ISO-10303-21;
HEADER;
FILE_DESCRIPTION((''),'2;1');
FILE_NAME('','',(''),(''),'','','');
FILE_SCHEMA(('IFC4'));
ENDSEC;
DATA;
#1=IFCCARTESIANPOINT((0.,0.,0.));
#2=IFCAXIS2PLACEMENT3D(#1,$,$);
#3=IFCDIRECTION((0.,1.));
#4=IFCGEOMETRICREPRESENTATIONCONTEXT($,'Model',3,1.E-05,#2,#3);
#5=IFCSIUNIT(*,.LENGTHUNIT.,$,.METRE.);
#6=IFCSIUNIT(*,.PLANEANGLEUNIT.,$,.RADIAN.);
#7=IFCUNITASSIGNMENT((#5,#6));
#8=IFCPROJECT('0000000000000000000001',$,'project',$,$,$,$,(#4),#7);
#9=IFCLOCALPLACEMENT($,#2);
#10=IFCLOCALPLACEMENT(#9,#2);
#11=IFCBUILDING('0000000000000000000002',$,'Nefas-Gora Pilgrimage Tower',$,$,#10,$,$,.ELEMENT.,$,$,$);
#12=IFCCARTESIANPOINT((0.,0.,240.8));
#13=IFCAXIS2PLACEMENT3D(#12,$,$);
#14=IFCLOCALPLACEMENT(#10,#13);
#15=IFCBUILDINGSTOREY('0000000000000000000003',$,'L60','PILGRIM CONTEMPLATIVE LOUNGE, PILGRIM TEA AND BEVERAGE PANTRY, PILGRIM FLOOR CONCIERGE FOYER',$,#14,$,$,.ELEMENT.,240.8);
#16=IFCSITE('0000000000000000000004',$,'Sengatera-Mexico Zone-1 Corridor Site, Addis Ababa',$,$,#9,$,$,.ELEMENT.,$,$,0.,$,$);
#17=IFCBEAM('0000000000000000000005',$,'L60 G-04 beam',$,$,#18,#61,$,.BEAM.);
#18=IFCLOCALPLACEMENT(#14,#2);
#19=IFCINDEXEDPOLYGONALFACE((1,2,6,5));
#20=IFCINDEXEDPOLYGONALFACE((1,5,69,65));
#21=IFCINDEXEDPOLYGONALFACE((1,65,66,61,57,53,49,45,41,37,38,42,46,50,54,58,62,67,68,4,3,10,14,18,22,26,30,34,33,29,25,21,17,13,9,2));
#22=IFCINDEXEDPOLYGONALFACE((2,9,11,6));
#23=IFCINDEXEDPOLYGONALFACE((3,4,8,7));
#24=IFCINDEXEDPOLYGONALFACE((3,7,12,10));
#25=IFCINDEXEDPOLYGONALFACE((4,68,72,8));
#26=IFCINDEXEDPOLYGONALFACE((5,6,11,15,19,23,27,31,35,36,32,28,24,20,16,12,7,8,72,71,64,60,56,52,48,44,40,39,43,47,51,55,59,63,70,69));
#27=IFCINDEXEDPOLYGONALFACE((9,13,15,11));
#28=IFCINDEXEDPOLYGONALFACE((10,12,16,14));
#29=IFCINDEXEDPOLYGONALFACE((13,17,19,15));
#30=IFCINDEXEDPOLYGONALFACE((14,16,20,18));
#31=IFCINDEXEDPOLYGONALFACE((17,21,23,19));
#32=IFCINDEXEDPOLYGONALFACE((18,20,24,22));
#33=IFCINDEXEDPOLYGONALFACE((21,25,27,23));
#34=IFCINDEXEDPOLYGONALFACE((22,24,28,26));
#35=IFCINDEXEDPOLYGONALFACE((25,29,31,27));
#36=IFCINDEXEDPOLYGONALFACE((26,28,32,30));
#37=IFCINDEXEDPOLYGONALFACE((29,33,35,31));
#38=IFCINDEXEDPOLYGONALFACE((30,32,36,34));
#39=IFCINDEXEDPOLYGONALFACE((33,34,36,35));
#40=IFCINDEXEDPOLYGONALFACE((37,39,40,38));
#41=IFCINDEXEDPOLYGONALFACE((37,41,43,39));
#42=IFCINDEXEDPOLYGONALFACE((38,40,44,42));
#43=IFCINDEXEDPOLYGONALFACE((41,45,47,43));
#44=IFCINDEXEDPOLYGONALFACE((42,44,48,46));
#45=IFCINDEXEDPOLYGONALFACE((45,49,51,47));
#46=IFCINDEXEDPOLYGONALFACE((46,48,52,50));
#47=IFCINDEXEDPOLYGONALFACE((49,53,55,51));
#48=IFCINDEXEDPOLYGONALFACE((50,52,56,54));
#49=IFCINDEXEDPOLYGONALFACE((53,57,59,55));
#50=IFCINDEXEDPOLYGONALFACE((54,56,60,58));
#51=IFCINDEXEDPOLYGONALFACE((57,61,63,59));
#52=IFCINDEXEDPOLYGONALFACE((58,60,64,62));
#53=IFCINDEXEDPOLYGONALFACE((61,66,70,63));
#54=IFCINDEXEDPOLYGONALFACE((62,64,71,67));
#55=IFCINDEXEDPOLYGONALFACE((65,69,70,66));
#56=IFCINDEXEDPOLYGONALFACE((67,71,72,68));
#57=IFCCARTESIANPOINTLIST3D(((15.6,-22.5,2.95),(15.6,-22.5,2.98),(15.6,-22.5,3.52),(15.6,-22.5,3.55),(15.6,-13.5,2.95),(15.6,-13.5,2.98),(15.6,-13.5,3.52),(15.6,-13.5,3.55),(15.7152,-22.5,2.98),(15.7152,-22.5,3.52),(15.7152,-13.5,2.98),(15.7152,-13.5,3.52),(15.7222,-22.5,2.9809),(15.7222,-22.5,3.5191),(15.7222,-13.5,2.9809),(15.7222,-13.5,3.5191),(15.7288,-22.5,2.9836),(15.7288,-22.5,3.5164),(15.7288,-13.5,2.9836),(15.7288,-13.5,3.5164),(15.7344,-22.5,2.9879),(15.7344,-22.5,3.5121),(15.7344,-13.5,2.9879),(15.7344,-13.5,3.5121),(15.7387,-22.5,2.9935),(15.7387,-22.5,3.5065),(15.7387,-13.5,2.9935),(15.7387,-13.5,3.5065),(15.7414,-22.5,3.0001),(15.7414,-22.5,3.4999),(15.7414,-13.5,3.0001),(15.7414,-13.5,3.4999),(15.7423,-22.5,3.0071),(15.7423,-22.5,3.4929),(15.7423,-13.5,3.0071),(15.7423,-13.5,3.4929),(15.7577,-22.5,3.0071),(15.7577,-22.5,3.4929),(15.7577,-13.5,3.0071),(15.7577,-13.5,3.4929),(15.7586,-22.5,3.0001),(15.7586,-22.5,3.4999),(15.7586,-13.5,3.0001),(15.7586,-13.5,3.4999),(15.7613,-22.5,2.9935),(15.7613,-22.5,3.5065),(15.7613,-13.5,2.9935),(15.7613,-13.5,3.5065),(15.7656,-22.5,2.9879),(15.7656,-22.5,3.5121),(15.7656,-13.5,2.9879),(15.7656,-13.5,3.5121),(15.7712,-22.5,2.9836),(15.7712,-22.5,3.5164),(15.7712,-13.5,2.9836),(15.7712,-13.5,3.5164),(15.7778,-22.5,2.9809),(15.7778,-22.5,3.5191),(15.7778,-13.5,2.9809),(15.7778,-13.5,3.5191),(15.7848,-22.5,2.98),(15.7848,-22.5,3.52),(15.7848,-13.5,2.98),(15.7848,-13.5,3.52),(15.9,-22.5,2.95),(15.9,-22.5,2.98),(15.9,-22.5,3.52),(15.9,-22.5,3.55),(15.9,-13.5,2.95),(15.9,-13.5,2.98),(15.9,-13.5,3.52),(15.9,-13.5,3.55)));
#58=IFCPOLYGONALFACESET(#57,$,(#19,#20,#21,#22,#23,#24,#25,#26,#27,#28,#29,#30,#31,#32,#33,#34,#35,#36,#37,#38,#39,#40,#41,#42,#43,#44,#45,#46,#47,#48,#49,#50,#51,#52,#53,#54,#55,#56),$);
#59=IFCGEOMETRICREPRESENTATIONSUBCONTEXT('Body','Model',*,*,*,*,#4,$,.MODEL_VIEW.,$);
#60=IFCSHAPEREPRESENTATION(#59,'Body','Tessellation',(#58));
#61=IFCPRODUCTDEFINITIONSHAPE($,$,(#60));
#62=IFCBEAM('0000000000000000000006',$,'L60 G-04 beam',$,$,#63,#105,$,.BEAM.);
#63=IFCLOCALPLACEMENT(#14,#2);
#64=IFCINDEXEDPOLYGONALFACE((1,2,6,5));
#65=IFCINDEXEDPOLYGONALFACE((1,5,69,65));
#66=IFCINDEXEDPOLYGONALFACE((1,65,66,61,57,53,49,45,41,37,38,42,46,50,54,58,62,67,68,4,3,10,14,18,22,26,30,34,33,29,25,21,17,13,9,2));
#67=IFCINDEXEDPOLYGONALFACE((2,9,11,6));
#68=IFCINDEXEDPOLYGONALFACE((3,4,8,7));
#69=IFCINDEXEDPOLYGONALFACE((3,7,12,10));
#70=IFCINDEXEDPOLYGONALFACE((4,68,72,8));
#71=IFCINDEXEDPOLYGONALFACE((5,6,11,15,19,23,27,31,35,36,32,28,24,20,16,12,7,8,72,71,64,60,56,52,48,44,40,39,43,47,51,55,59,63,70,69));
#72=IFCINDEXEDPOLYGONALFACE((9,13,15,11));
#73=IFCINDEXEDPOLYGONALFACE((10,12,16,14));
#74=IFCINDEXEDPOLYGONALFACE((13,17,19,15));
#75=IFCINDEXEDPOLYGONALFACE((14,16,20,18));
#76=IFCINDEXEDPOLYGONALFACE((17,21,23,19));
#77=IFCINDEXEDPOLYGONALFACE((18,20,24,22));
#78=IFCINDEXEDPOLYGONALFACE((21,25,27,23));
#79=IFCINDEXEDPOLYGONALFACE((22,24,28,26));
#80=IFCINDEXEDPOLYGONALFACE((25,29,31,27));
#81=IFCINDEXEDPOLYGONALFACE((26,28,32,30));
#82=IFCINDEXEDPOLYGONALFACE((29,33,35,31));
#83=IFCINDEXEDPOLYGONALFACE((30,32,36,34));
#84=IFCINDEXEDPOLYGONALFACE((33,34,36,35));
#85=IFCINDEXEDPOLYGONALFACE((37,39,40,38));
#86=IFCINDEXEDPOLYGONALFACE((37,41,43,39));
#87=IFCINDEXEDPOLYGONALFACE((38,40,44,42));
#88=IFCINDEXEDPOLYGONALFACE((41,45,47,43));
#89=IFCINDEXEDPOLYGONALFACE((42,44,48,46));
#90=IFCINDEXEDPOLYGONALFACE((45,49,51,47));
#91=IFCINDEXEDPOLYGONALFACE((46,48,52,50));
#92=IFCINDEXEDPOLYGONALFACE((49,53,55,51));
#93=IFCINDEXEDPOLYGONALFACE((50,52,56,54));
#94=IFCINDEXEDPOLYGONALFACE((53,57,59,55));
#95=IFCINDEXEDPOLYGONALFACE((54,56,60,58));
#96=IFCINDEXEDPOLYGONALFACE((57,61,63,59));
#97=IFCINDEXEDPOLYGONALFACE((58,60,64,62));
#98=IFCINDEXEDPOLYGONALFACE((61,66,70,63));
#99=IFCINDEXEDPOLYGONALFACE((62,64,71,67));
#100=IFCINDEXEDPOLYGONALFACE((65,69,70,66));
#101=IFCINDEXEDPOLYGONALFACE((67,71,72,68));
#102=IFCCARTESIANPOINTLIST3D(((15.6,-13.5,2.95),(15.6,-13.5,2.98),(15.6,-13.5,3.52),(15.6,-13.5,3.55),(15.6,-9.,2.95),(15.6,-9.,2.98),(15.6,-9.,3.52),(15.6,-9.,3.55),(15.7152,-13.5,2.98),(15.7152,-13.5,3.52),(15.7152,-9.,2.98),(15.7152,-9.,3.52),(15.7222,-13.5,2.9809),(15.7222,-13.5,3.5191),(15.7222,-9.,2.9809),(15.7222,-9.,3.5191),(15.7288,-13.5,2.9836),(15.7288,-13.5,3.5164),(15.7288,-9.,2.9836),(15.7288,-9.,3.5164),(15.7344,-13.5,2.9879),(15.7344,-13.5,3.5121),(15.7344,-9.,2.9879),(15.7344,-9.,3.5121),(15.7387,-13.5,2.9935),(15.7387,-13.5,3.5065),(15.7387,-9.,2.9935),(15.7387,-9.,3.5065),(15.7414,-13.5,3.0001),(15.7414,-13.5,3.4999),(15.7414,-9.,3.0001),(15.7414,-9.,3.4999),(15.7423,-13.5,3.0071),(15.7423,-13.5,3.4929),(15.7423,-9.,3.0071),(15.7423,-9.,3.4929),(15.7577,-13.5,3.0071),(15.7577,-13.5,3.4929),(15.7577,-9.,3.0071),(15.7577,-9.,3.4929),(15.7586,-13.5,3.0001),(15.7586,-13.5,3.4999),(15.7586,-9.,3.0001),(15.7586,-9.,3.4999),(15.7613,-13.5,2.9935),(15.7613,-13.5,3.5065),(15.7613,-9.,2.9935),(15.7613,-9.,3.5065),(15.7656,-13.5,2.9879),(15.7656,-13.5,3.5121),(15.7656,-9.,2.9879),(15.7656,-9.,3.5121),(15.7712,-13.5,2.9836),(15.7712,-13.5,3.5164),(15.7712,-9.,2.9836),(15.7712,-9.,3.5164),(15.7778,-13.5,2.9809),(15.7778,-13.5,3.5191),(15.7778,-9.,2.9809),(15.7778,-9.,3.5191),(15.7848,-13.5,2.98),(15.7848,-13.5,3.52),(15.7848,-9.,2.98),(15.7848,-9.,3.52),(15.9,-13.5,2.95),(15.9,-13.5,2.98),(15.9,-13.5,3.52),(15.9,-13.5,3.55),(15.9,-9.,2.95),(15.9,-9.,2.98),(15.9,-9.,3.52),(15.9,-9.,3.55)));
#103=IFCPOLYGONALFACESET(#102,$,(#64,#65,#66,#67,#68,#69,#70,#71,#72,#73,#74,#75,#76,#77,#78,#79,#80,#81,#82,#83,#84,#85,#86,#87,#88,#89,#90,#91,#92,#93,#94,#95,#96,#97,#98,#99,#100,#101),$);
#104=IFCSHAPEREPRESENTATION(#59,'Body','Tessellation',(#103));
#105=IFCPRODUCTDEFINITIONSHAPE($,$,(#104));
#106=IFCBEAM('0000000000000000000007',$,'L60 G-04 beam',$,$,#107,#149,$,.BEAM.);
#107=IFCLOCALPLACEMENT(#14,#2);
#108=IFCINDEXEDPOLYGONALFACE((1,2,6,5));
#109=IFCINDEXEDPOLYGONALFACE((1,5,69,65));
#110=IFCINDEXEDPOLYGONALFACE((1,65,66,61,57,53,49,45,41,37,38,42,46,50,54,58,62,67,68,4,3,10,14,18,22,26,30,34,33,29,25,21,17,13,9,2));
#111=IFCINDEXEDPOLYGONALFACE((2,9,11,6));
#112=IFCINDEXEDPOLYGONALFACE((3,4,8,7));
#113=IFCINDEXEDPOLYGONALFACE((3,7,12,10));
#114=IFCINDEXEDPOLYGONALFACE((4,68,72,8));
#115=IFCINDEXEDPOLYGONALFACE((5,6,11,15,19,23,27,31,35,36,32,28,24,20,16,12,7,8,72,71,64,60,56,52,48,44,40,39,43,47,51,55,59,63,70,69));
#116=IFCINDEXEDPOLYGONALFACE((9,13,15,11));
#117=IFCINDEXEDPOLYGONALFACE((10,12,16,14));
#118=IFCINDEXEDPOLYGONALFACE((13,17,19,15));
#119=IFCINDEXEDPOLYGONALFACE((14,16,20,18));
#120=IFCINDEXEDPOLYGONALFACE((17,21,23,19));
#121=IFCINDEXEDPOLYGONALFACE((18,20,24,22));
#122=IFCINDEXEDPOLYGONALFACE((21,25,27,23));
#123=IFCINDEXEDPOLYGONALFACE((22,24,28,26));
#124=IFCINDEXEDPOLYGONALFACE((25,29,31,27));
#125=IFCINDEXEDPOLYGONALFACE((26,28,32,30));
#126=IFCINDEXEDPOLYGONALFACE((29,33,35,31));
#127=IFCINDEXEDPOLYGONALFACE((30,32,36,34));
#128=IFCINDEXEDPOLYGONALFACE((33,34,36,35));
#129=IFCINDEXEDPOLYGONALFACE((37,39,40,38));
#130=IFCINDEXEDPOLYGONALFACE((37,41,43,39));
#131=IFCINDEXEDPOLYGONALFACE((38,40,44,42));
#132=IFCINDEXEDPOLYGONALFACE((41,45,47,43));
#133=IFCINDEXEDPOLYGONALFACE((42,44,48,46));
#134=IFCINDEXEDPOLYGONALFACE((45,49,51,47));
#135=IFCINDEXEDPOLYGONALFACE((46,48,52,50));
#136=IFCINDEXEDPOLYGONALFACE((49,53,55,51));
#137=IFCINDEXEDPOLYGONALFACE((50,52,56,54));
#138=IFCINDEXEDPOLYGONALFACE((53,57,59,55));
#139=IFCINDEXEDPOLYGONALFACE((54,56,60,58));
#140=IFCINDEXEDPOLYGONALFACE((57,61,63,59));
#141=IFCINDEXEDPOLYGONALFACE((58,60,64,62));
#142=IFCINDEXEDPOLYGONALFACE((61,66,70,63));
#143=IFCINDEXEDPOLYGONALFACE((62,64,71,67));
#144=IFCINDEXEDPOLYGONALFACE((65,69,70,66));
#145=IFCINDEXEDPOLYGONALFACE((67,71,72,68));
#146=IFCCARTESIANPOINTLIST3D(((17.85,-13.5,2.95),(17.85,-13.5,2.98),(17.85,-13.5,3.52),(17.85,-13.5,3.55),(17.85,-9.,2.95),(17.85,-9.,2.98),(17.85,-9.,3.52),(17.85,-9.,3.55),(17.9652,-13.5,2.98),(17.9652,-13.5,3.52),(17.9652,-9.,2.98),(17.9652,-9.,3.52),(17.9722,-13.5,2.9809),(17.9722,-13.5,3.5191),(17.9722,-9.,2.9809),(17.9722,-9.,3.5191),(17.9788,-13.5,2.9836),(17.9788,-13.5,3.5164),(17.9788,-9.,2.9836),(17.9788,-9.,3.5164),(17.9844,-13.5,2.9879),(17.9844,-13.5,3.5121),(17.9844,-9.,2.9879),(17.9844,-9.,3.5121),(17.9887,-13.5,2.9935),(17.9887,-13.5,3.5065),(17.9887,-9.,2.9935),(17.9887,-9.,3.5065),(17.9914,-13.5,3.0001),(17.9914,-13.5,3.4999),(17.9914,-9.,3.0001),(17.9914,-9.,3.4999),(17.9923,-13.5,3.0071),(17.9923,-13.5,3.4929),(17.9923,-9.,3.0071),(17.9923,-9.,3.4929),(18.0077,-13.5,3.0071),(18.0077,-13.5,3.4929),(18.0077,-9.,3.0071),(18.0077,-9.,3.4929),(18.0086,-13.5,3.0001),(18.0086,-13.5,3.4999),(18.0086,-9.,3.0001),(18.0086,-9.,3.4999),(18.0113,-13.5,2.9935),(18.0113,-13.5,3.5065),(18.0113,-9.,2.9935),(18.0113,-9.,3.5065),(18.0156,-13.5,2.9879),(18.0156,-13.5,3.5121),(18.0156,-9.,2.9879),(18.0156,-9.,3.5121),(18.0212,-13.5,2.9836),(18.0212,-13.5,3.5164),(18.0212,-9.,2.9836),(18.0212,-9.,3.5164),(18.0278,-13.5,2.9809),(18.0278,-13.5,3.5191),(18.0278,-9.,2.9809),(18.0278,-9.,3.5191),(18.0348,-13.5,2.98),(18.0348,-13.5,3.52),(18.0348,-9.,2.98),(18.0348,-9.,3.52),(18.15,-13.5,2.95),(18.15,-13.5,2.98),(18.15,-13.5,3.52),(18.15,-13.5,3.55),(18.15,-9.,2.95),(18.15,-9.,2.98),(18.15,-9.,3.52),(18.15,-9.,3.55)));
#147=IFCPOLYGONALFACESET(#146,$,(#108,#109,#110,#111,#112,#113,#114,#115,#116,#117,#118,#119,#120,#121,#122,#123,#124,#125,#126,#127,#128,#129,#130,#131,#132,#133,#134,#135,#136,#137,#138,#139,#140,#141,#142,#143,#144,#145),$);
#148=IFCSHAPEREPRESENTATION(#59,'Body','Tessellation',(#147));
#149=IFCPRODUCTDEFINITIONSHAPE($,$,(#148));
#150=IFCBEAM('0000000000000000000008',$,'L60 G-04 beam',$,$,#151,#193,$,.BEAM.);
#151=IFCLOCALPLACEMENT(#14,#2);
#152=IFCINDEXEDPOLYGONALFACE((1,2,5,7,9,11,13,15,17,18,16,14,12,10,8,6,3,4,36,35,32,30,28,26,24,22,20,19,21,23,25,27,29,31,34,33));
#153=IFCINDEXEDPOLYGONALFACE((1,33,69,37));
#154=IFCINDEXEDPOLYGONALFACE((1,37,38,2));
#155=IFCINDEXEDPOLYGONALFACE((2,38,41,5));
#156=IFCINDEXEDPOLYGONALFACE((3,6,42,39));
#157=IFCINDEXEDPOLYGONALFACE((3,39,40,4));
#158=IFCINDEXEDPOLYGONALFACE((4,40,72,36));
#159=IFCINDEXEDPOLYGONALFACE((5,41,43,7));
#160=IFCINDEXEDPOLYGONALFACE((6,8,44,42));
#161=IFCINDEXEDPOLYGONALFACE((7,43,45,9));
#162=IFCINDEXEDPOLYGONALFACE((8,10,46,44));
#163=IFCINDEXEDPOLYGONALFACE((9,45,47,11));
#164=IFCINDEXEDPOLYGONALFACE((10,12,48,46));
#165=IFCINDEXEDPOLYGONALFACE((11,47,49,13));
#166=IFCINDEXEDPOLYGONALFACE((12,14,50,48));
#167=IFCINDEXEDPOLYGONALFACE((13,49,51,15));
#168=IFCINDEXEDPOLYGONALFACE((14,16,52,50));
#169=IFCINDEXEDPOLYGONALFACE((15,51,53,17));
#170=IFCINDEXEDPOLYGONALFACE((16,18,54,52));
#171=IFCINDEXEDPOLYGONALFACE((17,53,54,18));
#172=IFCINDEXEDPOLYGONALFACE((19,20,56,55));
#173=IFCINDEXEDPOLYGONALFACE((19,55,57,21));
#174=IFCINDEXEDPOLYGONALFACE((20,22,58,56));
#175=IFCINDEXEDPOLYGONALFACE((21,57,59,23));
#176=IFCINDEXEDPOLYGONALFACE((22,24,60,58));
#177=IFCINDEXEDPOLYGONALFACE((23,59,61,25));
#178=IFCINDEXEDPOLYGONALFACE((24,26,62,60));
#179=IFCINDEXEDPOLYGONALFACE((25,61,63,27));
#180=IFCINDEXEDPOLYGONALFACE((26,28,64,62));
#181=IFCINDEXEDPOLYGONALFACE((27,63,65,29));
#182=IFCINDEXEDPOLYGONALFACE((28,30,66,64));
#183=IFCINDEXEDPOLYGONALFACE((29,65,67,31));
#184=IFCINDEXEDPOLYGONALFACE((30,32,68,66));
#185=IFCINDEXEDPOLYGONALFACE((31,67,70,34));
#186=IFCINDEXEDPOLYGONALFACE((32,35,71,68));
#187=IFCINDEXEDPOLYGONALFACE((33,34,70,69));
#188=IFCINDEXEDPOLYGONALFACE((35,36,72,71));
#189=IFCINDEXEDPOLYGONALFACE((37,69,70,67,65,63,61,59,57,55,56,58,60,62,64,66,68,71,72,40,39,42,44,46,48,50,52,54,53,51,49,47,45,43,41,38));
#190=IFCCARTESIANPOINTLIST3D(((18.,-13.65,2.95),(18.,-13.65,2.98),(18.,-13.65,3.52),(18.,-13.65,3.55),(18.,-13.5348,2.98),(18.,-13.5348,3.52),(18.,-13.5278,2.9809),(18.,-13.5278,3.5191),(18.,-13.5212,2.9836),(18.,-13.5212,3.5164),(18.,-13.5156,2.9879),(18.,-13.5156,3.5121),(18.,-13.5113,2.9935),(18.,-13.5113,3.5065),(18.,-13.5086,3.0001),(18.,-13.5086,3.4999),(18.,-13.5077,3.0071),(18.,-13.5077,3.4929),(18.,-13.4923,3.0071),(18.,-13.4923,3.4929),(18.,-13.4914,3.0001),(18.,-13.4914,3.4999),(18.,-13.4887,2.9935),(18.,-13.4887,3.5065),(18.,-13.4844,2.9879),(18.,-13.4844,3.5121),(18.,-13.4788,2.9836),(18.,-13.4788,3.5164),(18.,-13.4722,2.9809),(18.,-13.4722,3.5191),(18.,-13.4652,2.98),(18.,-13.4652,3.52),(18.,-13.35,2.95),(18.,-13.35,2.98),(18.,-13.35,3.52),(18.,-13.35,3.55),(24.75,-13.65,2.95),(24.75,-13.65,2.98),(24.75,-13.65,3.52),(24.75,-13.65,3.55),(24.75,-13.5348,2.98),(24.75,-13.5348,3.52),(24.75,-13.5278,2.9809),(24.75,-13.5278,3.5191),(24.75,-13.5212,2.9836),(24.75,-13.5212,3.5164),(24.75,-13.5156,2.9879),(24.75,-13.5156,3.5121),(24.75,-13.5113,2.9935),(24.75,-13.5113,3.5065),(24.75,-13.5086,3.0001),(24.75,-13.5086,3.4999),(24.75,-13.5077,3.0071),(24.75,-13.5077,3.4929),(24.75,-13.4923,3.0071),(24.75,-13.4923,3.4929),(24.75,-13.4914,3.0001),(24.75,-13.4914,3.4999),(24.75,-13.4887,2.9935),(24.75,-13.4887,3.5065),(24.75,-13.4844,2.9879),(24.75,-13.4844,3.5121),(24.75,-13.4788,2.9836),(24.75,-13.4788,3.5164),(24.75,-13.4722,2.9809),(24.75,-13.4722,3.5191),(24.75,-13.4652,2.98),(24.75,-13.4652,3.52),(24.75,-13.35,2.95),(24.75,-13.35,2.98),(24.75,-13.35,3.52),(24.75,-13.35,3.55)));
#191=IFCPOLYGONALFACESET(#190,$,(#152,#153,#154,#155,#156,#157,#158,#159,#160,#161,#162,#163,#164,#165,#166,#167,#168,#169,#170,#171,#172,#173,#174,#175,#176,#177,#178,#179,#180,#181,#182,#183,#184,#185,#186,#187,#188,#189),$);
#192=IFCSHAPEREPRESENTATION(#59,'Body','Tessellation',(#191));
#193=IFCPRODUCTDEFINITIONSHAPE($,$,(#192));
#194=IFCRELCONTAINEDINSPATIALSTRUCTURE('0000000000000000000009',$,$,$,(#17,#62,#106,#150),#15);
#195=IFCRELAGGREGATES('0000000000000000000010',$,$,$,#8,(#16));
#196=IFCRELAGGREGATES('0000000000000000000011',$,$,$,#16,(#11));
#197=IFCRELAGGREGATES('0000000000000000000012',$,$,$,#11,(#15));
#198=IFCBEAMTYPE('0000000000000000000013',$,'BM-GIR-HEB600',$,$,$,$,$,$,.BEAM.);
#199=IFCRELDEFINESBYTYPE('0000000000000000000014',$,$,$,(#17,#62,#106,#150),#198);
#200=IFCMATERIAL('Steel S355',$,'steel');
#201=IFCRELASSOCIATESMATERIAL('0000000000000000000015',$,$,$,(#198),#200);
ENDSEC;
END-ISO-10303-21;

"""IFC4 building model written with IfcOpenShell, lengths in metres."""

from ifc_helpers import new_model, si_unit, direction, frame, origin, origin_2d, place, context, subcontext, project, spatial, i_section, extrude, source, transform, mapped, material, material_profile, profile_set, type_object, element, save


model = new_model("IFC4")

# Units and contexts
model_context = context("Model", 3, precision=1e-05, world=origin(), true_north=direction((0.0, 1.0)))
body_context = subcontext(model_context, "Body", "Model", "MODEL_VIEW")
ifc_project = project(units=[si_unit("LENGTHUNIT", "METRE"), si_unit("PLANEANGLEUNIT", "RADIAN")], contexts=[model_context])

# Site, building, storey
site_placement = place(None, origin())
site = spatial("IfcSite", under=ifc_project, at=site_placement, Name="Sengatera-Mexico Zone-1 Corridor Site, Addis Ababa", CompositionType="ELEMENT", RefElevation=0.0)
building_placement = place(site_placement, origin())
building = spatial("IfcBuilding", under=site, at=building_placement, Name="Nefas-Gora Pilgrimage Tower", CompositionType="ELEMENT")
storey_placement = place(building_placement, frame((0.0, 0.0, 240.8)))
storey = spatial("IfcBuildingStorey", under=building, at=storey_placement, Name="L60", Description="PILGRIM CONTEMPLATIVE LOUNGE, PILGRIM TEA AND BEVERAGE PANTRY, PILGRIM FLOOR CONCIERGE FOYER", CompositionType="ELEMENT", Elevation=240.8)

# Beams
ifc_material_1 = material(Name="Steel S355", Category="steel")
ifc_material_profile_1 = material_profile(ifc_material_1, i_section(OverallWidth=0.3, OverallDepth=0.6001, WebThickness=0.0154, FlangeThickness=0.03, FilletRadius=0.0271, at=origin_2d()), Name="HEB 600")
ifc_profile_set_1 = profile_set([ifc_material_profile_1], Name="Steel S355")
beam_type_1 = type_object("IfcBeamType", Name="BM-GIR-HEB600", PredefinedType="BEAM", material=ifc_profile_set_1)
shared_shape_1 = source(origin(), body_context, "Body", "SweptSolid", [
    extrude(i_section(OverallWidth=0.3, OverallDepth=0.6001, WebThickness=0.0154, FlangeThickness=0.03, FilletRadius=0.0271, at=origin_2d()), origin(), (0.0, 0.0, 1.0), 9.0),
])
beam_1_placement = place(storey_placement, frame((15.75, -22.5, 3.25), z_axis=(0.0, 1.0, 0.0), x_axis=(-1.0, 0.0, 0.0)))
element("IfcBeam", 1, at=beam_1_placement, inside=storey, type_object=beam_type_1, Name="L60 G-04 beam", PredefinedType="BEAM", context=body_context, shape_type="MappedRepresentation", body=[
    mapped(shared_shape_1, transform((0.0, 0.0, 0.0), x_axis=(1.0, 0.0, 0.0), y_axis=(0.0, 1.0, 0.0), z_axis=(0.0, 0.0, 1.0), scale=1.0)),
])
shared_shape_2 = source(origin(), body_context, "Body", "SweptSolid", [
    extrude(i_section(OverallWidth=0.3, OverallDepth=0.6001, WebThickness=0.0154, FlangeThickness=0.03, FilletRadius=0.0271, at=origin_2d()), origin(), (0.0, 0.0, 1.0), 4.5),
])
for number, where, z_axis, x_axis, name in (
    (2, (15.75, -13.5, 3.25), (0.0, 1.0, 0.0), (-1.0, 0.0, 0.0), "L60 G-04 beam"),
    (3, (18.0, -13.5, 3.25), (0.0, 1.0, 0.0), (-1.0, 0.0, 0.0), "L60 G-04 beam"),
):
    element("IfcBeam", number, at=place(storey_placement, frame(where, z_axis=z_axis, x_axis=x_axis)), inside=storey, type_object=beam_type_1, Name=name, PredefinedType="BEAM", context=body_context, shape_type="MappedRepresentation", body=[
        mapped(shared_shape_2, transform((0.0, 0.0, 0.0), x_axis=(1.0, 0.0, 0.0), y_axis=(0.0, 1.0, 0.0), z_axis=(0.0, 0.0, 1.0), scale=1.0)),
    ])
shared_shape_3 = source(origin(), body_context, "Body", "SweptSolid", [
    extrude(i_section(OverallWidth=0.3, OverallDepth=0.6001, WebThickness=0.0154, FlangeThickness=0.03, FilletRadius=0.0271, at=origin_2d()), origin(), (0.0, 0.0, 1.0), 6.75),
])
beam_2_placement = place(storey_placement, frame((18.0, -13.5, 3.25), z_axis=(1.0, 0.0, 0.0), x_axis=(0.0, 1.0, 0.0)))
element("IfcBeam", 4, at=beam_2_placement, inside=storey, type_object=beam_type_1, Name="L60 G-04 beam", PredefinedType="BEAM", context=body_context, shape_type="MappedRepresentation", body=[
    mapped(shared_shape_3, transform((0.0, 0.0, 0.0), x_axis=(1.0, 0.0, 0.0), y_axis=(0.0, 1.0, 0.0), z_axis=(0.0, 0.0, 1.0), scale=1.0)),
])

save(model, "model.ifc")
